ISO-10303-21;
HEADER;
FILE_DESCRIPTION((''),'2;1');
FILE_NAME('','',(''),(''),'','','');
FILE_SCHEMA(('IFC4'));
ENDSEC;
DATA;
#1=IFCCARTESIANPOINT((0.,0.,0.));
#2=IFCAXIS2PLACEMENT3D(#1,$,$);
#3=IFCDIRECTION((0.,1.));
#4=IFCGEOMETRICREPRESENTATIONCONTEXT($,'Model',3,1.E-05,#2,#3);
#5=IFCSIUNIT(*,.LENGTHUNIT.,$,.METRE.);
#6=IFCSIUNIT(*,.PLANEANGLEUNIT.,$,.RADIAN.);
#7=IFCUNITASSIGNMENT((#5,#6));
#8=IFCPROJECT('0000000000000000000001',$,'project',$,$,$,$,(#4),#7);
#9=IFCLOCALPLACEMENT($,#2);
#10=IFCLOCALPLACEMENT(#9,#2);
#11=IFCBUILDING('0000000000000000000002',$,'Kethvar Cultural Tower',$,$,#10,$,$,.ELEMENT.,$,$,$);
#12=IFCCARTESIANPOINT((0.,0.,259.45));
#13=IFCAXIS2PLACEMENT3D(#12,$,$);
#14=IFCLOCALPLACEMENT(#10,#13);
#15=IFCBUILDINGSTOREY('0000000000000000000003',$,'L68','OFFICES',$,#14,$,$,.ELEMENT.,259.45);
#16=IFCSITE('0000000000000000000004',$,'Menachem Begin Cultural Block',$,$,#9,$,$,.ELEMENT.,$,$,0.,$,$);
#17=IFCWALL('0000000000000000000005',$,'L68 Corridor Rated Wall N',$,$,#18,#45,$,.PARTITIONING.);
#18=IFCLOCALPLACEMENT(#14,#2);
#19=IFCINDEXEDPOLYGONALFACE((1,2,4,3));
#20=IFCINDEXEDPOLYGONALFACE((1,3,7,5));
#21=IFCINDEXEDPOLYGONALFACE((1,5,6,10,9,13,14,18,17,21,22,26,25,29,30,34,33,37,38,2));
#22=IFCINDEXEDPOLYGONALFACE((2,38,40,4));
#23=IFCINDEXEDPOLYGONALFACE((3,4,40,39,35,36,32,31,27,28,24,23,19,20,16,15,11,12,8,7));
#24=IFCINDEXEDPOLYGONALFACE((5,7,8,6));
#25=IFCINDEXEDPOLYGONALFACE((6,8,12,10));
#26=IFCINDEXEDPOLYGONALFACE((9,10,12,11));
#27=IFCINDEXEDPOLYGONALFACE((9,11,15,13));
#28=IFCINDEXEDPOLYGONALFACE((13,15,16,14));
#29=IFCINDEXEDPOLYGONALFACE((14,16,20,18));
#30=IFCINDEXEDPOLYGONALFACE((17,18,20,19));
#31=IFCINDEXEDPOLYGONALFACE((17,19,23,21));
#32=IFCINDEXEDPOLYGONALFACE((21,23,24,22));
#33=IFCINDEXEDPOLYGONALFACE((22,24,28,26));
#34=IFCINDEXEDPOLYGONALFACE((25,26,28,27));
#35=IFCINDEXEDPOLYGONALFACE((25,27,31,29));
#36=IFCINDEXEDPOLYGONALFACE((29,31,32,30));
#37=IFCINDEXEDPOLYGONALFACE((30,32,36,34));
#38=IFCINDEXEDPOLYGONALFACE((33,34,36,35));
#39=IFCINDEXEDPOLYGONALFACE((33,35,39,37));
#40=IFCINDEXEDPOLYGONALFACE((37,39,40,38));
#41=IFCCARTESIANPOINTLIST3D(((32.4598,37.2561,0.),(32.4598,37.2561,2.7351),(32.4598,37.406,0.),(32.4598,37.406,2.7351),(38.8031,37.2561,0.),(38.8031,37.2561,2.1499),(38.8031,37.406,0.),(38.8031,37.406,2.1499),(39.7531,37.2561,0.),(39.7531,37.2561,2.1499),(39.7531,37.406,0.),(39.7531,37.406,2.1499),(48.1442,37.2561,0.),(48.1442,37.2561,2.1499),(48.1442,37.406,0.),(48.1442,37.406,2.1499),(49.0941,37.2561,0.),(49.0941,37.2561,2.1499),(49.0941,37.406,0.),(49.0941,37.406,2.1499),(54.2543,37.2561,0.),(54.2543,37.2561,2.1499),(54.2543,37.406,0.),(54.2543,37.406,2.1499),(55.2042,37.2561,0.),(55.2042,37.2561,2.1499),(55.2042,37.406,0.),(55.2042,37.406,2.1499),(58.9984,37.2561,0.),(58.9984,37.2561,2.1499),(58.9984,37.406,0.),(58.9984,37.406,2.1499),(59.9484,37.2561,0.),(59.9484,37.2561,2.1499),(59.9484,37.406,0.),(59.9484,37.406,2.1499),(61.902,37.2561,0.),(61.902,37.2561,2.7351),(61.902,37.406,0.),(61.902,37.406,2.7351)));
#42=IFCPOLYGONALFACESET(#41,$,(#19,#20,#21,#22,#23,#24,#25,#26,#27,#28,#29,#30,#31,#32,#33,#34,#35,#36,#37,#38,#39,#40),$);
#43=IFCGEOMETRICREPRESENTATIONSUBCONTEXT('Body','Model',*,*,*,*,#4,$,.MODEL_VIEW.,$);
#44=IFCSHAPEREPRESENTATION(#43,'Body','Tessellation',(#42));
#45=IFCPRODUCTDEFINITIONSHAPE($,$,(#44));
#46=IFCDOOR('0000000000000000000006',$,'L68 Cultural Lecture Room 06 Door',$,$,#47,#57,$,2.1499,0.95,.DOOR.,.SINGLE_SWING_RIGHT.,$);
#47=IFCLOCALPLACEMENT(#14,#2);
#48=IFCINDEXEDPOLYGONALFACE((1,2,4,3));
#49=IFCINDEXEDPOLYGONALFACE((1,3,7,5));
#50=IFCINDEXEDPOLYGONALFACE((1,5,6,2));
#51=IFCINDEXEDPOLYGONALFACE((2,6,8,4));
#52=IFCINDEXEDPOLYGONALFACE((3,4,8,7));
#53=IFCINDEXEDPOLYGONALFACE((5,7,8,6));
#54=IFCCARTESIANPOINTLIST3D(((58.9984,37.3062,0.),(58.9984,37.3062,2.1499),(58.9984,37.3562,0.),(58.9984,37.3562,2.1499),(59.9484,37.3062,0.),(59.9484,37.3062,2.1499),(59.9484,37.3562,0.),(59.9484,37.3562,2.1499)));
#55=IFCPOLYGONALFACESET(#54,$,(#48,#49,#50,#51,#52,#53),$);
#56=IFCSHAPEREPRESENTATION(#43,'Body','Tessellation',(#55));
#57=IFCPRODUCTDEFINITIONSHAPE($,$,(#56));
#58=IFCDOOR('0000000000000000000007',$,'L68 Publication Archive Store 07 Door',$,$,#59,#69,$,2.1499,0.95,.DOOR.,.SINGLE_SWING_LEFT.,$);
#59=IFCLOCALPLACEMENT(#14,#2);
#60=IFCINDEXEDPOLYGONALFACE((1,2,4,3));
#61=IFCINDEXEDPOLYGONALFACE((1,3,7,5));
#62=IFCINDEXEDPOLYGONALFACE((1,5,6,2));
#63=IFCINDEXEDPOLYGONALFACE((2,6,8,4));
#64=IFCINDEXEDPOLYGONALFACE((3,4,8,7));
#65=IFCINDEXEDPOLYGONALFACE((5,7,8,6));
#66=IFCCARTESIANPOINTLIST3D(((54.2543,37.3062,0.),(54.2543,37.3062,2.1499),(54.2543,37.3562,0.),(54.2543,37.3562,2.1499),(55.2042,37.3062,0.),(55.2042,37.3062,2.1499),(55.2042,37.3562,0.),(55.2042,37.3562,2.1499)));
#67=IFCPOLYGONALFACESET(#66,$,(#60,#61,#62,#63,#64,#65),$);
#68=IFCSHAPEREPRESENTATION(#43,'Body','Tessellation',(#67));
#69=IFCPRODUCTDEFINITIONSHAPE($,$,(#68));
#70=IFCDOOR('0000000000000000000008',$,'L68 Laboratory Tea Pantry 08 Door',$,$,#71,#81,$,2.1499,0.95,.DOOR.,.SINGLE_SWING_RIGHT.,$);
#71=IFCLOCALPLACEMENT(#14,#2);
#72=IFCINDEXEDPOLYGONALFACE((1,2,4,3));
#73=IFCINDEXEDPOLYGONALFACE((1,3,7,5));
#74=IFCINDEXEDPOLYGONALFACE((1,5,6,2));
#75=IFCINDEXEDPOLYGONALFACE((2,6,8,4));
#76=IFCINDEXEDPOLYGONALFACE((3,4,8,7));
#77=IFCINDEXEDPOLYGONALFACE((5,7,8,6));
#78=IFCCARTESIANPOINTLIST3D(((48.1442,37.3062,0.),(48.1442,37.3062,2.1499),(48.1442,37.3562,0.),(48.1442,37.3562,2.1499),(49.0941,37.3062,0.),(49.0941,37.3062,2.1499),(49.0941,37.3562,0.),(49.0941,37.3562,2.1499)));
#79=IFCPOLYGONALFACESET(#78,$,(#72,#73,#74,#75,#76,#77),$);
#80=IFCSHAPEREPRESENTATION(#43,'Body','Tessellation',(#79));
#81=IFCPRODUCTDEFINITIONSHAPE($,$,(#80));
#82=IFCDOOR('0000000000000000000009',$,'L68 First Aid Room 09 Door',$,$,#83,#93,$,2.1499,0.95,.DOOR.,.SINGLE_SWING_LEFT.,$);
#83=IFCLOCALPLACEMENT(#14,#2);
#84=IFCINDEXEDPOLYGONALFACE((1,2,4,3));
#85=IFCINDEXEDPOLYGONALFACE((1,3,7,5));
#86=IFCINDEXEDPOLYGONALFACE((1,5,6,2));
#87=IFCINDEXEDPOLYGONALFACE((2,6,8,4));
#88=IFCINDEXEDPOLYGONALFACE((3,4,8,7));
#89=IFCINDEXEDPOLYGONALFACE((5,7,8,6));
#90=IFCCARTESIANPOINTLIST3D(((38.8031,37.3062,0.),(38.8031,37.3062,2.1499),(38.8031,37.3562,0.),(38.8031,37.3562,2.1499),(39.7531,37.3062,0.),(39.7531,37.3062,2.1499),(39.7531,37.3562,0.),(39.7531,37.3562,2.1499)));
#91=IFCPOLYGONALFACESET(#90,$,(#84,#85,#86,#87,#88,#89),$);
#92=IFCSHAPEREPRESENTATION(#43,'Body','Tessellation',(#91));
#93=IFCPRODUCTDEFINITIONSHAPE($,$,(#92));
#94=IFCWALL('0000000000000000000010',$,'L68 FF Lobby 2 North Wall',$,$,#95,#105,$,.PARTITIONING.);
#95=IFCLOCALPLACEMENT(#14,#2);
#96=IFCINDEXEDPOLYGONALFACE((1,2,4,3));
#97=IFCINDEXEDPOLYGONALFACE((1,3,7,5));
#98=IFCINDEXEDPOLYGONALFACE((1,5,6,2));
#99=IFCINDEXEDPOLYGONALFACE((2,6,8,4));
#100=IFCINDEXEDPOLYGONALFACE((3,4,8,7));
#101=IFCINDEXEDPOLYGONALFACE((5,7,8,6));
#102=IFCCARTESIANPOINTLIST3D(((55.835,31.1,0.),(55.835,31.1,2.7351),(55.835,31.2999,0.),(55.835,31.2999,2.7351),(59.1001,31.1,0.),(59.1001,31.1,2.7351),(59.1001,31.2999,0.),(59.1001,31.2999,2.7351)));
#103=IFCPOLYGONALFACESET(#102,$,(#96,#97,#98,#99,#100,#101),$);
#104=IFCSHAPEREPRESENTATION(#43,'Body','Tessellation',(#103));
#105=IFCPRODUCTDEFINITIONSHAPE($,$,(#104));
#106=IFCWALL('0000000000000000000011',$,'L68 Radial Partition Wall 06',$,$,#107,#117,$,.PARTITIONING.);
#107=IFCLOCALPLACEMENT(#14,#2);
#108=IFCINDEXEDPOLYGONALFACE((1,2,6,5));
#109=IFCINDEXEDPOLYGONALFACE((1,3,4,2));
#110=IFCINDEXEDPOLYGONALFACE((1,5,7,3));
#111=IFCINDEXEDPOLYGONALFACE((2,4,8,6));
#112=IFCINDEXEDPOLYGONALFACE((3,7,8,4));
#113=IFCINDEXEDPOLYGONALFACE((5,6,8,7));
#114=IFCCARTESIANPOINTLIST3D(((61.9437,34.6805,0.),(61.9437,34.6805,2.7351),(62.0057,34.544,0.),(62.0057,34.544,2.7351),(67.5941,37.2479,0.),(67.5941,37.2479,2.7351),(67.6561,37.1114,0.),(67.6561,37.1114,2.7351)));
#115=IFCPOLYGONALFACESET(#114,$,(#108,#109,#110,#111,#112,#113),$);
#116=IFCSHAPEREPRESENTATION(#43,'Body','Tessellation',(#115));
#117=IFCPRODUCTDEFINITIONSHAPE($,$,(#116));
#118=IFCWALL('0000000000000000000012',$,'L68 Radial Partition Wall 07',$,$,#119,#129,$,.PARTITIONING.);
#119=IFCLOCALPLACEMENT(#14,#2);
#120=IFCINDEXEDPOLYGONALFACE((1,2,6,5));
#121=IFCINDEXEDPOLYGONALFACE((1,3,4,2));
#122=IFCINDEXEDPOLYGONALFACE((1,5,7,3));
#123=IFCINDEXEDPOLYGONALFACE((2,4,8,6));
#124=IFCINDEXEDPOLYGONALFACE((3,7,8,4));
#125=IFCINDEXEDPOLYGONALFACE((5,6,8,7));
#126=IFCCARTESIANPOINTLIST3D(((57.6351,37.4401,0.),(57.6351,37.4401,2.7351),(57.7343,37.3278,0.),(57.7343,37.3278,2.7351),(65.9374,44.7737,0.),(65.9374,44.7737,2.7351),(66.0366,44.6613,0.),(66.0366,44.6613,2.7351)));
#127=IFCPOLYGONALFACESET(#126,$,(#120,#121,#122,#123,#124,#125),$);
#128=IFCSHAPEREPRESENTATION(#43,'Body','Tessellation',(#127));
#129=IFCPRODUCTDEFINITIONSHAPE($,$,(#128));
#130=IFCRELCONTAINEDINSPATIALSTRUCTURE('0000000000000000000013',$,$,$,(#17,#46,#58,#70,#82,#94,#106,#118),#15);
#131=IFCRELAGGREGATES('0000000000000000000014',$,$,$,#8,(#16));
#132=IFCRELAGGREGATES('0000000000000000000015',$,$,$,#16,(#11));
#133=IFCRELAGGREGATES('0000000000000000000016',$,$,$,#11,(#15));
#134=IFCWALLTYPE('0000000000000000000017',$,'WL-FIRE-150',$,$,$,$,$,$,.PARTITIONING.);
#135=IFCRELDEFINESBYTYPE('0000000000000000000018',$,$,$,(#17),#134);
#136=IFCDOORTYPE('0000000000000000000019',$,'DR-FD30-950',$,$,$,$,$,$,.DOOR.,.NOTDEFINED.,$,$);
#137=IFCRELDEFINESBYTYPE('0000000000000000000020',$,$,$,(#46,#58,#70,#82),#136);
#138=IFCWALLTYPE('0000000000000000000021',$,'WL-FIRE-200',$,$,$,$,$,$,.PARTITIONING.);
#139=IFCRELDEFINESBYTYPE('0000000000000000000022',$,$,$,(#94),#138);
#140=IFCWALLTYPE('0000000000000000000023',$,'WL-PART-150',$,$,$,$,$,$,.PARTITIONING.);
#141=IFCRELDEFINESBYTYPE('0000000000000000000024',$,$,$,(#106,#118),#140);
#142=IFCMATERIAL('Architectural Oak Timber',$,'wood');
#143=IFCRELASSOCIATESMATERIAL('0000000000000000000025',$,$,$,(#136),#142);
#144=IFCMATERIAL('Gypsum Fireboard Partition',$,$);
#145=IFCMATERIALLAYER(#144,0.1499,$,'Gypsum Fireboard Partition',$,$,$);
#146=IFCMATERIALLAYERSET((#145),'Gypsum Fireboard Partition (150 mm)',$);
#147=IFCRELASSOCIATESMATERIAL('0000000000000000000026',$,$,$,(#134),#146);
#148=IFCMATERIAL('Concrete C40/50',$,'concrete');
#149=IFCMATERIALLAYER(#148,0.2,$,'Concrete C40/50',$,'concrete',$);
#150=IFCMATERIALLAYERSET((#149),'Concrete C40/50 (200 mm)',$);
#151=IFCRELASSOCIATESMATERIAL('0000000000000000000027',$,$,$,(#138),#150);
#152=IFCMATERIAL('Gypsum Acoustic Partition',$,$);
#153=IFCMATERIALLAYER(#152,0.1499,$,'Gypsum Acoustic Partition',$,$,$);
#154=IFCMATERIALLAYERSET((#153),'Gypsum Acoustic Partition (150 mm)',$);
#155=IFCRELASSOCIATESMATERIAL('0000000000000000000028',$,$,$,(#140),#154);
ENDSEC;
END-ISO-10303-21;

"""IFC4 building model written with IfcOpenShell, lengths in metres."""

from ifc_helpers import new_model, si_unit, direction, frame, frame_2d, origin, place, context, subcontext, project, spatial, rectangle, extrude, source, transform, mapped, material, layer, layer_set, type_object, element, fill, save


model = new_model("IFC4")

# Units and contexts
model_context = context("Model", 3, precision=1e-05, world=origin(), true_north=direction((0.0, 1.0)))
body_context = subcontext(model_context, "Body", "Model", "MODEL_VIEW")
ifc_project = project(units=[si_unit("LENGTHUNIT", "METRE"), si_unit("PLANEANGLEUNIT", "RADIAN")], contexts=[model_context])

# Site, building, storey
site_placement = place(None, origin())
site = spatial("IfcSite", under=ifc_project, at=site_placement, Name="Menachem Begin Cultural Block", CompositionType="ELEMENT", RefElevation=0.0)
building_placement = place(site_placement, origin())
building = spatial("IfcBuilding", under=site, at=building_placement, Name="Kethvar Cultural Tower", CompositionType="ELEMENT")
storey_placement = place(building_placement, frame((0.0, 0.0, 259.45)))
storey = spatial("IfcBuildingStorey", under=building, at=storey_placement, Name="L68", Description="OFFICES", CompositionType="ELEMENT", Elevation=259.45)

# Wall, openings, doors
ifc_material_1 = material(Name="Architectural Oak Timber", Category="wood")
door_type_1 = type_object("IfcDoorType", Name="DR-FD30-950", OperationType="NOTDEFINED", PredefinedType="DOOR", material=ifc_material_1)
shared_shape_1 = source(origin(), body_context, "Body", "SweptSolid", [
    extrude(rectangle(XDim=0.95, YDim=2.1499, at=frame_2d((0.4751, 1.075))), frame((0.0, 0.0249, 0.0), z_axis=(0.0, -1.0, 0.0), x_axis=(1.0, 0.0, 0.0)), (0.0, 0.0, 1.0), 0.05),
])
ifc_material_2 = material(Name="Gypsum Fireboard Partition")
ifc_layer_1 = layer(ifc_material_2, 0.1499, Name="Gypsum Fireboard Partition")
ifc_layer_set_1 = layer_set([ifc_layer_1], Name="Gypsum Fireboard Partition (150 mm)")
wall_type_1 = type_object("IfcWallType", Name="WL-FIRE-150", PredefinedType="PARTITIONING", material=ifc_layer_set_1)
wall_1_placement = place(storey_placement, frame((61.9021, 37.3311, 0.0), z_axis=(0.0, 0.0, 1.0), x_axis=(-1.0, 0.0, 0.0)))
wall_1 = element("IfcWall", 1, at=wall_1_placement, inside=storey, type_object=wall_type_1, Name="L68 Corridor Rated Wall N", PredefinedType="PARTITIONING", context=body_context, shape_type="SweptSolid", body=[
    extrude(rectangle(XDim=29.4421, YDim=0.1499, at=frame_2d((14.7212, 0.0))), origin(), (0.0, 0.0, 1.0), 2.7351),
])
opening_1_placement = place(wall_1_placement, frame((1.9536, 0.0, 0.0)))
opening_1 = element("IfcOpeningElement", 2, at=opening_1_placement, cuts=wall_1, PredefinedType="OPENING", context=body_context, shape_type="SweptSolid", body=[
    extrude(rectangle(XDim=0.95, YDim=2.1499, at=frame_2d((0.4751, 1.075))), frame((0.0, 0.085, 0.0), z_axis=(0.0, -1.0, 0.0), x_axis=(1.0, 0.0, 0.0)), (0.0, 0.0, 1.0), 0.1699),
])
opening_2_placement = place(wall_1_placement, frame((6.6978, 0.0, 0.0)))
opening_2 = element("IfcOpeningElement", 3, at=opening_2_placement, cuts=wall_1, PredefinedType="OPENING", context=body_context, shape_type="SweptSolid", body=[
    extrude(rectangle(XDim=0.95, YDim=2.1499, at=frame_2d((0.4751, 1.075))), frame((0.0, 0.085, 0.0), z_axis=(0.0, -1.0, 0.0), x_axis=(1.0, 0.0, 0.0)), (0.0, 0.0, 1.0), 0.1699),
])
opening_3_placement = place(wall_1_placement, frame((12.8079, 0.0, 0.0)))
opening_3 = element("IfcOpeningElement", 4, at=opening_3_placement, cuts=wall_1, PredefinedType="OPENING", context=body_context, shape_type="SweptSolid", body=[
    extrude(rectangle(XDim=0.95, YDim=2.1499, at=frame_2d((0.4751, 1.075))), frame((0.0, 0.085, 0.0), z_axis=(0.0, -1.0, 0.0), x_axis=(1.0, 0.0, 0.0)), (0.0, 0.0, 1.0), 0.1699),
])
opening_4_placement = place(wall_1_placement, frame((22.1489, 0.0, 0.0)))
opening_4 = element("IfcOpeningElement", 5, at=opening_4_placement, cuts=wall_1, PredefinedType="OPENING", context=body_context, shape_type="SweptSolid", body=[
    extrude(rectangle(XDim=0.95, YDim=2.1499, at=frame_2d((0.4751, 1.075))), frame((0.0, 0.085, 0.0), z_axis=(0.0, -1.0, 0.0), x_axis=(1.0, 0.0, 0.0)), (0.0, 0.0, 1.0), 0.1699),
])
door_1_placement = place(opening_1_placement, origin())
door_1 = element("IfcDoor", 6, at=door_1_placement, inside=storey, type_object=door_type_1, Name="L68 Cultural Lecture Room 06 Door", OperationType="SINGLE_SWING_RIGHT", OverallHeight=2.1499, OverallWidth=0.95, PredefinedType="DOOR", context=body_context, shape_type="MappedRepresentation", body=[
    mapped(shared_shape_1, transform((0.0, 0.0, 0.0), scale=1.0)),
])
fill(opening_1, door_1)
door_2_placement = place(opening_2_placement, origin())
door_2 = element("IfcDoor", 7, at=door_2_placement, inside=storey, type_object=door_type_1, Name="L68 Publication Archive Store 07 Door", OperationType="SINGLE_SWING_LEFT", OverallHeight=2.1499, OverallWidth=0.95, PredefinedType="DOOR", context=body_context, shape_type="MappedRepresentation", body=[
    mapped(shared_shape_1, transform((0.0, 0.0, 0.0), scale=1.0)),
])
fill(opening_2, door_2)
door_3_placement = place(opening_3_placement, origin())
door_3 = element("IfcDoor", 8, at=door_3_placement, inside=storey, type_object=door_type_1, Name="L68 Laboratory Tea Pantry 08 Door", OperationType="SINGLE_SWING_RIGHT", OverallHeight=2.1499, OverallWidth=0.95, PredefinedType="DOOR", context=body_context, shape_type="MappedRepresentation", body=[
    mapped(shared_shape_1, transform((0.0, 0.0, 0.0), scale=1.0)),
])
fill(opening_3, door_3)
door_4_placement = place(opening_4_placement, origin())
door_4 = element("IfcDoor", 9, at=door_4_placement, inside=storey, type_object=door_type_1, Name="L68 First Aid Room 09 Door", OperationType="SINGLE_SWING_LEFT", OverallHeight=2.1499, OverallWidth=0.95, PredefinedType="DOOR", context=body_context, shape_type="MappedRepresentation", body=[
    mapped(shared_shape_1, transform((0.0, 0.0, 0.0), scale=1.0)),
])
fill(opening_4, door_4)

# Walls
ifc_material_3 = material(Name="Concrete C40/50", Category="concrete")
ifc_layer_2 = layer(ifc_material_3, 0.2, Name="Concrete C40/50", Category="concrete")
ifc_layer_set_2 = layer_set([ifc_layer_2], Name="Concrete C40/50 (200 mm)")
wall_type_2 = type_object("IfcWallType", Name="WL-FIRE-200", PredefinedType="PARTITIONING", material=ifc_layer_set_2)
wall_2_placement = place(storey_placement, frame((55.835, 31.2, 0.0), z_axis=(0.0, 0.0, 1.0), x_axis=(1.0, 0.0, 0.0)))
element("IfcWall", 10, at=wall_2_placement, inside=storey, type_object=wall_type_2, Name="L68 FF Lobby 2 North Wall", PredefinedType="PARTITIONING", context=body_context, shape_type="SweptSolid", body=[
    extrude(rectangle(XDim=3.2651, YDim=0.2, at=frame_2d((1.6326, 0.0))), origin(), (0.0, 0.0, 1.0), 2.7351),
])
ifc_material_4 = material(Name="Gypsum Acoustic Partition")
ifc_layer_3 = layer(ifc_material_4, 0.1499, Name="Gypsum Acoustic Partition")
ifc_layer_set_3 = layer_set([ifc_layer_3], Name="Gypsum Acoustic Partition (150 mm)")
wall_type_3 = type_object("IfcWallType", Name="WL-PART-150", PredefinedType="PARTITIONING", material=ifc_layer_set_3)
wall_3_placement = place(storey_placement, frame((61.9749, 34.6123, 0.0), z_axis=(0.0, 0.0, 1.0), x_axis=(0.910426, 0.413673, 0.0)))
element("IfcWall", 11, at=wall_3_placement, inside=storey, type_object=wall_type_3, Name="L68 Radial Partition Wall 06", PredefinedType="PARTITIONING", context=body_context, shape_type="SweptSolid", body=[
    extrude(rectangle(XDim=6.2063, YDim=0.1499, at=frame_2d((3.103, 0.0))), origin(), (0.0, 0.0, 1.0), 2.7351),
])
wall_4_placement = place(storey_placement, frame((57.6848, 37.384, 0.0), z_axis=(0.0, 0.0, 1.0), x_axis=(0.74948, 0.662027, 0.0)))
element("IfcWall", 12, at=wall_4_placement, inside=storey, type_object=wall_type_3, Name="L68 Radial Partition Wall 07", PredefinedType="PARTITIONING", context=body_context, shape_type="SweptSolid", body=[
    extrude(rectangle(XDim=11.0774, YDim=0.1499, at=frame_2d((5.5386, 0.0))), origin(), (0.0, 0.0, 1.0), 2.7351),
])

save(model, "model.ifc")
